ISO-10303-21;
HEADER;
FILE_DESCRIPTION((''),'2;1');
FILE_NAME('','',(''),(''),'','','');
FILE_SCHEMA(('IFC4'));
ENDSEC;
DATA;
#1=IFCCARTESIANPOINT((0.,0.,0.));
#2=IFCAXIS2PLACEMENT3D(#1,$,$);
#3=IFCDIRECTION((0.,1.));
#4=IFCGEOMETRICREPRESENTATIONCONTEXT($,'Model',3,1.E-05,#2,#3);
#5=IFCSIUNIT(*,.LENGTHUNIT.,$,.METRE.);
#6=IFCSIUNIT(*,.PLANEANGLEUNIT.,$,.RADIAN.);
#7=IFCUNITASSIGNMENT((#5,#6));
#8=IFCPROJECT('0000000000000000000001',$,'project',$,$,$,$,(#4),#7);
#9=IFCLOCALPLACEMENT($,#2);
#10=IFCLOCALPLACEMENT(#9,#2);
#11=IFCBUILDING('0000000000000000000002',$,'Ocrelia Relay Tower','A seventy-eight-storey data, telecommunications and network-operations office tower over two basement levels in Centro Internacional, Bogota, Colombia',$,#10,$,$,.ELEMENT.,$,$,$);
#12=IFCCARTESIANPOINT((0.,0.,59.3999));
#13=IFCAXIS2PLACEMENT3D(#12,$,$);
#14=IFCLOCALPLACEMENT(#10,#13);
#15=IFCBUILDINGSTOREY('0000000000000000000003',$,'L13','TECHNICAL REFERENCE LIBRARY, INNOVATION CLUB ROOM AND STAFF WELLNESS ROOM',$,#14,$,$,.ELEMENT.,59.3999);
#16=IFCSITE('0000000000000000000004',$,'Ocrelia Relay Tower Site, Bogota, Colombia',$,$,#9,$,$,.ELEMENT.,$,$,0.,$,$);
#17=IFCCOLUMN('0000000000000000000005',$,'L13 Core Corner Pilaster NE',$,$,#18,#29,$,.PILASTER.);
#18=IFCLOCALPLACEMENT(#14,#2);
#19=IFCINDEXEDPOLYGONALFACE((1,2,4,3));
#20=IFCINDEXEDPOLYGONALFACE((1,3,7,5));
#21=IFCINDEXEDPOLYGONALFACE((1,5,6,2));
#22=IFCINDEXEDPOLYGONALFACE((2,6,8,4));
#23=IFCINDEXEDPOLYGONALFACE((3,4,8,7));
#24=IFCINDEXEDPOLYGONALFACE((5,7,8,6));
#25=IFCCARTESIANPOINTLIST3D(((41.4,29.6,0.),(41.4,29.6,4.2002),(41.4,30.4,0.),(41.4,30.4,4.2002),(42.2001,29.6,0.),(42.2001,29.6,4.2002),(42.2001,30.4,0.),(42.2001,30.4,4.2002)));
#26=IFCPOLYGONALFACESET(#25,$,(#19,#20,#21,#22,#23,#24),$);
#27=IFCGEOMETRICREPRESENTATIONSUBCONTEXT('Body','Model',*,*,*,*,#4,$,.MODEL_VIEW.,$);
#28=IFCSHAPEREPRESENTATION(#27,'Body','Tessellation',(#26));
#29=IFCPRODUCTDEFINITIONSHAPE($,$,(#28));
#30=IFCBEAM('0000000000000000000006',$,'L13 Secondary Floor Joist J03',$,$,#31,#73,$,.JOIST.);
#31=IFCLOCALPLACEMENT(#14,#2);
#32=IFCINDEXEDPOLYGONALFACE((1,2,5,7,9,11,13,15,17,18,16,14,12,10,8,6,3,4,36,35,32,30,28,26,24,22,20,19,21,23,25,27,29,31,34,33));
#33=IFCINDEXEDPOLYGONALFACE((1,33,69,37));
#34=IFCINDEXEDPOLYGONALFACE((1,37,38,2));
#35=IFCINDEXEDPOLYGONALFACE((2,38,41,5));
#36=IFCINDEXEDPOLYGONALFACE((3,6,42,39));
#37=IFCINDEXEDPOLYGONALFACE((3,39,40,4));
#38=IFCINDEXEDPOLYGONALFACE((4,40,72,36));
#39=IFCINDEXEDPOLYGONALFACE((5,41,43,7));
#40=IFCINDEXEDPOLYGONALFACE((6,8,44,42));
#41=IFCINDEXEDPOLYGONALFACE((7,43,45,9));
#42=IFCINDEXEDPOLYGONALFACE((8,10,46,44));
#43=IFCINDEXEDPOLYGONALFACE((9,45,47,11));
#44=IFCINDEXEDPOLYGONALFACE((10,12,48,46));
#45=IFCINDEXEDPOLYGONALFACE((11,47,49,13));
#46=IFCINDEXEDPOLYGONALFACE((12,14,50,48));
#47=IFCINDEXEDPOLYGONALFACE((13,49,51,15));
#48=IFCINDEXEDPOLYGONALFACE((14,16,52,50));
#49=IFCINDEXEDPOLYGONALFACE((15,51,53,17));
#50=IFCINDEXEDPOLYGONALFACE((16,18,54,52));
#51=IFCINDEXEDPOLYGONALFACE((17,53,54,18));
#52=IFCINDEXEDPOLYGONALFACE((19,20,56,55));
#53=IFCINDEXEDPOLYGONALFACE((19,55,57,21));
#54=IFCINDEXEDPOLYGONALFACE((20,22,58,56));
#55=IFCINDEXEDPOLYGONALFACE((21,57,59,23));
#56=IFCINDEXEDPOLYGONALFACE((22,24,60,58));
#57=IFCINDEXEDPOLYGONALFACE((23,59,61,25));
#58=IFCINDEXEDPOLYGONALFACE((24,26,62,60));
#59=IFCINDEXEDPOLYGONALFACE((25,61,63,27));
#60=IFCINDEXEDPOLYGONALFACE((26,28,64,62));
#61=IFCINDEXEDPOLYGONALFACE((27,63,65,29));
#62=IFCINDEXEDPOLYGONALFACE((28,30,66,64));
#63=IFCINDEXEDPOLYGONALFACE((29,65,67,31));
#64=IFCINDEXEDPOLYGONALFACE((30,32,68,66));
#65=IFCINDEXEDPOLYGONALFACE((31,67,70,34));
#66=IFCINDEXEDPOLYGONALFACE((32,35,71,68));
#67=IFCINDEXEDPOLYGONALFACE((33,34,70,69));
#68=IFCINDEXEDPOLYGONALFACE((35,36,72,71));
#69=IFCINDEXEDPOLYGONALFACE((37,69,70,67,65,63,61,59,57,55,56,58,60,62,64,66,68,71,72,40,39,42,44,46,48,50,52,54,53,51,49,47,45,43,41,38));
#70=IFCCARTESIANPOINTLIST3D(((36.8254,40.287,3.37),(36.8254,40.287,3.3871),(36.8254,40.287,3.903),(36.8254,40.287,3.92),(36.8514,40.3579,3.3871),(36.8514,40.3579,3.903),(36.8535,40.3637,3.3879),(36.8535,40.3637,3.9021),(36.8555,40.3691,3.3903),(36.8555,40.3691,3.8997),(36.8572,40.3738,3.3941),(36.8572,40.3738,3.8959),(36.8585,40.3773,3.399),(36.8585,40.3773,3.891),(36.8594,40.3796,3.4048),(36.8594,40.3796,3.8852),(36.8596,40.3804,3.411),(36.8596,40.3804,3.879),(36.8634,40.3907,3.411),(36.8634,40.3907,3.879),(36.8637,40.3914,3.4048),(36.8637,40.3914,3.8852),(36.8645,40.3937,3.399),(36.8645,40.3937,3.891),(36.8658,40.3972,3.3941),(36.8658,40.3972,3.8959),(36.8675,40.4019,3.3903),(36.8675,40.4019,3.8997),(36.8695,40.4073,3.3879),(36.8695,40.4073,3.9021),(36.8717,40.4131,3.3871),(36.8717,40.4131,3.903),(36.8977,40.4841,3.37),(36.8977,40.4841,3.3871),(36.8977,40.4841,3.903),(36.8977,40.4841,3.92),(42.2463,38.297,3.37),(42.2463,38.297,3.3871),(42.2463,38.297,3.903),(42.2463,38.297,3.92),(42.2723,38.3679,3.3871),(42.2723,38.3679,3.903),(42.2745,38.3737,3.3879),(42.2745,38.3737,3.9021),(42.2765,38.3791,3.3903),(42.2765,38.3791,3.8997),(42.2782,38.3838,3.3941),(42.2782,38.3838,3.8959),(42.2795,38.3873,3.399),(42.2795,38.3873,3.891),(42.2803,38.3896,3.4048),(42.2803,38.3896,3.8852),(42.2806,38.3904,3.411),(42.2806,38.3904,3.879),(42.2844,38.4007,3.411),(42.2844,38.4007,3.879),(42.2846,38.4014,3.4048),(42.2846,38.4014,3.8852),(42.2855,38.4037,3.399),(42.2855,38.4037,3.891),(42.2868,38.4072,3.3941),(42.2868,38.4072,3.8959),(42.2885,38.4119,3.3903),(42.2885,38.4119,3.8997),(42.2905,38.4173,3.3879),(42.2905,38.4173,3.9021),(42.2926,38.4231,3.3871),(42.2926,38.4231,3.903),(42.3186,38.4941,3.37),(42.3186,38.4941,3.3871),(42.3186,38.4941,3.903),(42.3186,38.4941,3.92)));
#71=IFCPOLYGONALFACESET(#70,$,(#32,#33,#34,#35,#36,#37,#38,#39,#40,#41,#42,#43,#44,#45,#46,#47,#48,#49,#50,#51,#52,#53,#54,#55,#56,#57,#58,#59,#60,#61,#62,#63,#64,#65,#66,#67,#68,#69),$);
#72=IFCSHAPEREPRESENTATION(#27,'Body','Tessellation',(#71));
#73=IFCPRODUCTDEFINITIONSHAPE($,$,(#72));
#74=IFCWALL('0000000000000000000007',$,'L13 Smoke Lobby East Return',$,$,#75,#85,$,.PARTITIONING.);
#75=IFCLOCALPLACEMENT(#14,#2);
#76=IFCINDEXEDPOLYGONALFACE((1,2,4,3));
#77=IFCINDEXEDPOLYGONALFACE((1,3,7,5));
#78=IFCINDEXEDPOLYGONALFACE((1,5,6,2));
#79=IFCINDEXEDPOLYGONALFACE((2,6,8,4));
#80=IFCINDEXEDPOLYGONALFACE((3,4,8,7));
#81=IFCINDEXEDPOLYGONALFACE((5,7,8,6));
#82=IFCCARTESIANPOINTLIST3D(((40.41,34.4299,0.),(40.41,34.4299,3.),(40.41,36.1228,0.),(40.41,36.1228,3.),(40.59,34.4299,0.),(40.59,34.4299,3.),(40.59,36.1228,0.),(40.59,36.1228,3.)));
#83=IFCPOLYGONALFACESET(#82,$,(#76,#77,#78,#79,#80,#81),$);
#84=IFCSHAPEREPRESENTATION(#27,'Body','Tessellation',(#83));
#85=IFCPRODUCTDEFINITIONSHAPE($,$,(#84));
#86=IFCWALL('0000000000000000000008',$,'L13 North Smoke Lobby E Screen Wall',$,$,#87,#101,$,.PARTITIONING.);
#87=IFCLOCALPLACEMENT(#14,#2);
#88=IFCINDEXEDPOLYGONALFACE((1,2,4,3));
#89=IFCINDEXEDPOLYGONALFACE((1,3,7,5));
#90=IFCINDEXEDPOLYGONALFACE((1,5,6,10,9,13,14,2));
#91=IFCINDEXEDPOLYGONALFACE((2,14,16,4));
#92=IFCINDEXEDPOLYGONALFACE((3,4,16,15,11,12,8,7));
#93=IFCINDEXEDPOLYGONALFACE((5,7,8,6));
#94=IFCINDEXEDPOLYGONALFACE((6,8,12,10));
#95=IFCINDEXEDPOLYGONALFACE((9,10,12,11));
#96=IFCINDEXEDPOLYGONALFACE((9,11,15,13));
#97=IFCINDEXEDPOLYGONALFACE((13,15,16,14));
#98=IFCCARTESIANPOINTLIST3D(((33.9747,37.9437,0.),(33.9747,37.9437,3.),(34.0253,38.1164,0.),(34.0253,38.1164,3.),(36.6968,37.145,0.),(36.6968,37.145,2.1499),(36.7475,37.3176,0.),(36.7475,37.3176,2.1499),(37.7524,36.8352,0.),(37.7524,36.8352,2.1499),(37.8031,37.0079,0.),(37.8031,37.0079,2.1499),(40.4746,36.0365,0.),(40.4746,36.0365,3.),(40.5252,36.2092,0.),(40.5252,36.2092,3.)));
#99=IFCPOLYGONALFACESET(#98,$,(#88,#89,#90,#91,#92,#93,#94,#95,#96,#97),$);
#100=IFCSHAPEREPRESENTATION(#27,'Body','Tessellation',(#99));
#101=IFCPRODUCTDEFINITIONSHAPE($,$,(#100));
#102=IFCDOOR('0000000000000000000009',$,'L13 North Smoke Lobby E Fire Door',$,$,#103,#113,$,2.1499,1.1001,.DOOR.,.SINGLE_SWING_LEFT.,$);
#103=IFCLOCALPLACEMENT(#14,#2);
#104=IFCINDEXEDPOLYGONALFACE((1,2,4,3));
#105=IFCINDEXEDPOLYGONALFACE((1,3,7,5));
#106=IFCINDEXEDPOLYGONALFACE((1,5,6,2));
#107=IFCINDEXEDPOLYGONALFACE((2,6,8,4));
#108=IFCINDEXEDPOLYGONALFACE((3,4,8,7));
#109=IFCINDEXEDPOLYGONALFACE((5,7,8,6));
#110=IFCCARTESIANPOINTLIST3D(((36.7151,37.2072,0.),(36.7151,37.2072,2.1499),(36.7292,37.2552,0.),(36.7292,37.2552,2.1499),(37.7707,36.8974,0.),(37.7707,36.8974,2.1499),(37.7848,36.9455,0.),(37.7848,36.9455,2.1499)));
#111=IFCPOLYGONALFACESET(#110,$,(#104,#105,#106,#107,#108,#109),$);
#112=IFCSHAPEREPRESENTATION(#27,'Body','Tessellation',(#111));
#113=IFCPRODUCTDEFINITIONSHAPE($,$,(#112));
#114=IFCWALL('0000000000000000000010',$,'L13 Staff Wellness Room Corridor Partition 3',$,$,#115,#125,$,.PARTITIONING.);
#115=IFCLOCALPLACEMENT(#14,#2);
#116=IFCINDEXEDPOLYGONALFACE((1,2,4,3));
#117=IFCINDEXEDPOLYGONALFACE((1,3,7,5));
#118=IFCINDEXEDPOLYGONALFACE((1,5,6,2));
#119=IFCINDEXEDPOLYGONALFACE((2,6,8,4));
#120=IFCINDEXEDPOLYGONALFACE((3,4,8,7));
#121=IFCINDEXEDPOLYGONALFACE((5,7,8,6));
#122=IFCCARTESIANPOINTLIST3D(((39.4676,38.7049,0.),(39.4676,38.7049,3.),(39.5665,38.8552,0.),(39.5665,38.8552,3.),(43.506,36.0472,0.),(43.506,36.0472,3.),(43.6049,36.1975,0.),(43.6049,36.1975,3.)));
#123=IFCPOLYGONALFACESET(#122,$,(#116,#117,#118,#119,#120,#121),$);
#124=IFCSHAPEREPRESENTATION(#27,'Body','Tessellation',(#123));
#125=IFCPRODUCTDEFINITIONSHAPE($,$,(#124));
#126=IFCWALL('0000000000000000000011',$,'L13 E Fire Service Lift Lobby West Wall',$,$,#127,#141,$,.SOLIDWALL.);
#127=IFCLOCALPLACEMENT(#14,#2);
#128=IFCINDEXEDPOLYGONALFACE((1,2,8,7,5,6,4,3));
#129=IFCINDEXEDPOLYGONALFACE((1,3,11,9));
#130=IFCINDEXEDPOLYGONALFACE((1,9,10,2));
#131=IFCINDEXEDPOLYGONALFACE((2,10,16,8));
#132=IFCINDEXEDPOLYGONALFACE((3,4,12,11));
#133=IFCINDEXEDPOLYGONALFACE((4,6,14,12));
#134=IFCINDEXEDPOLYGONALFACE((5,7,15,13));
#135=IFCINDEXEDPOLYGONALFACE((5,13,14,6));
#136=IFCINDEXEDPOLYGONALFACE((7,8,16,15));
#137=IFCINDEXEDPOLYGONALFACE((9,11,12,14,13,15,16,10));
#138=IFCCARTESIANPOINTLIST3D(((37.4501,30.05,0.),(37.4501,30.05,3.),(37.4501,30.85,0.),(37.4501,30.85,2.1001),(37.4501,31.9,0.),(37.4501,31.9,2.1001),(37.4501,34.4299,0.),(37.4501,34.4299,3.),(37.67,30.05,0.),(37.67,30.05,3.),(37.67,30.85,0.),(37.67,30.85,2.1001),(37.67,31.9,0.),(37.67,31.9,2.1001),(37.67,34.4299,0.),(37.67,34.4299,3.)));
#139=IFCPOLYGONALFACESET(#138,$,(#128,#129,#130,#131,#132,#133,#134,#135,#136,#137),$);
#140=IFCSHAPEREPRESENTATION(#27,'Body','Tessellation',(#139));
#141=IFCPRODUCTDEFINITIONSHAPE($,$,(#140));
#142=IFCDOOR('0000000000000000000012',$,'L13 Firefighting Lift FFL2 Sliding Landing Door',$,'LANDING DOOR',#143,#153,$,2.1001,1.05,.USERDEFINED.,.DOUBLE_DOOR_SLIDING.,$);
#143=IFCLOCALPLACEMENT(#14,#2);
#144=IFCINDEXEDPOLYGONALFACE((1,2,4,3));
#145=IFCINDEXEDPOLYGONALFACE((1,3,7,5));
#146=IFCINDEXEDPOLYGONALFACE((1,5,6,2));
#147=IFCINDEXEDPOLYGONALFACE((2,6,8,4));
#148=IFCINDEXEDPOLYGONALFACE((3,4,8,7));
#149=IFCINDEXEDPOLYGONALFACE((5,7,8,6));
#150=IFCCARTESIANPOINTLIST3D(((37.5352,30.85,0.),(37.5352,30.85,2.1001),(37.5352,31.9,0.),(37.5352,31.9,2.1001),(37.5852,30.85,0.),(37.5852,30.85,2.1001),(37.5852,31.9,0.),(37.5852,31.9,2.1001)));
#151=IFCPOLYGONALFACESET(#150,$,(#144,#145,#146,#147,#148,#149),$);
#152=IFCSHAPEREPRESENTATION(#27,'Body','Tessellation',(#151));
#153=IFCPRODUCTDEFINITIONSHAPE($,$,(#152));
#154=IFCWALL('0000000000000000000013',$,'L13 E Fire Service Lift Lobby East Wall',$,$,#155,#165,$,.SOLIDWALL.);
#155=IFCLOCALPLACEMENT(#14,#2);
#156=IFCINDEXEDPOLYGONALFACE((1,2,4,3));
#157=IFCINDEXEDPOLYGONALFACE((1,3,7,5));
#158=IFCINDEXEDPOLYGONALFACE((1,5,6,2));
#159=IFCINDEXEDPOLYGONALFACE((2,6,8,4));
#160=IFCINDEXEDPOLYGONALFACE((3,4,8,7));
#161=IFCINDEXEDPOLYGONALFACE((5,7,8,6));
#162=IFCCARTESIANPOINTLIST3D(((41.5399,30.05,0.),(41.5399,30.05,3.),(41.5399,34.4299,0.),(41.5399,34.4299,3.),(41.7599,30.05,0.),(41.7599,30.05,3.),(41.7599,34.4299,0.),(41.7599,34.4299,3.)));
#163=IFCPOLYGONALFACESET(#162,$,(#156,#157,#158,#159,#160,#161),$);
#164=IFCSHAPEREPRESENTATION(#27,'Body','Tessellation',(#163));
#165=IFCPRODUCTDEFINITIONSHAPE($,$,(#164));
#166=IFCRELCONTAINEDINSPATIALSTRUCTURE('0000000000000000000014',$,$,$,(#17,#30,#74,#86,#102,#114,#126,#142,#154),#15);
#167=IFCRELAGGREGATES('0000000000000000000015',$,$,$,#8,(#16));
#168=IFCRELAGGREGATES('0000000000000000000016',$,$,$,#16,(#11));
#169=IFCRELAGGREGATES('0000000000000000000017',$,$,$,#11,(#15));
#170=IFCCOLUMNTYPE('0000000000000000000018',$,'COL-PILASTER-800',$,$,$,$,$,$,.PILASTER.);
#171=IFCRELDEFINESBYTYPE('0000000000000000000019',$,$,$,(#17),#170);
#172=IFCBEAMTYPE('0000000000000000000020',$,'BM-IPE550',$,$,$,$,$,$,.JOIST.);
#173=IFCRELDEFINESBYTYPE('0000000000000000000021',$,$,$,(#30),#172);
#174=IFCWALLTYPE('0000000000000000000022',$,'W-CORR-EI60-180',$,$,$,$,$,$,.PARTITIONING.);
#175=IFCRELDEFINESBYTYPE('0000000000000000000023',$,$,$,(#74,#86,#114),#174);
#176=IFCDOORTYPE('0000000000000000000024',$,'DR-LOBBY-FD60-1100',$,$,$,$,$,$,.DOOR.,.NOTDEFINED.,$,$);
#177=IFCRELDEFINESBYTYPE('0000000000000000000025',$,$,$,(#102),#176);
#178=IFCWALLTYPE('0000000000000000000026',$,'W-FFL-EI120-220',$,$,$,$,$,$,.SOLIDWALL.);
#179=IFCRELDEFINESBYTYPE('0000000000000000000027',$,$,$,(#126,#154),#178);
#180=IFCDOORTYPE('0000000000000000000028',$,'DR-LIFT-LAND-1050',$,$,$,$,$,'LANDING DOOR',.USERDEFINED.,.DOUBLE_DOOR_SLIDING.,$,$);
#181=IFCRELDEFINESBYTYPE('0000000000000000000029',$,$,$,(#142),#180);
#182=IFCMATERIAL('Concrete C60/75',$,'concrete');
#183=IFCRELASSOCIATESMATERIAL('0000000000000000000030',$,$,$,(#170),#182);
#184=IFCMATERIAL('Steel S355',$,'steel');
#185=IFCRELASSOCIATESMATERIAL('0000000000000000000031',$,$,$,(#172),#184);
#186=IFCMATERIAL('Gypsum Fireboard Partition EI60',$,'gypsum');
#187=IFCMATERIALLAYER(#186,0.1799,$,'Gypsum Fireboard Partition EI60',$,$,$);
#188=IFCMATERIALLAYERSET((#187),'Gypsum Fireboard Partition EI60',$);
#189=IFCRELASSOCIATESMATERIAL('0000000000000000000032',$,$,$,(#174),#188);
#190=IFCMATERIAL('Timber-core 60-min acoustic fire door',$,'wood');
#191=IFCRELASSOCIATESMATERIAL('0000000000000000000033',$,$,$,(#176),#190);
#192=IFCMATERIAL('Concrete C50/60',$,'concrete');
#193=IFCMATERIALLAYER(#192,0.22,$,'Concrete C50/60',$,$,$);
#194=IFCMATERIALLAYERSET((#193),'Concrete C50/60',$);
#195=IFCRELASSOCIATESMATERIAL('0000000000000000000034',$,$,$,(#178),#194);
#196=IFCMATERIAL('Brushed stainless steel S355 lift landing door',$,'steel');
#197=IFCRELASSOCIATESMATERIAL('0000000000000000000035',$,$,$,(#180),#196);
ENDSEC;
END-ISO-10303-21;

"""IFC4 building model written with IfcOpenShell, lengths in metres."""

from ifc_helpers import new_model, si_unit, direction, frame, frame_2d, origin, origin_2d, place, context, subcontext, project, spatial, rectangle, i_section, extrude, material, layer, layer_set, material_profile, profile_set, type_object, element, fill, save


model = new_model("IFC4")

# Units and contexts
model_context = context("Model", 3, precision=1e-05, world=origin(), true_north=direction((0.0, 1.0)))
body_context = subcontext(model_context, "Body", "Model", "MODEL_VIEW")
ifc_project = project(units=[si_unit("LENGTHUNIT", "METRE"), si_unit("PLANEANGLEUNIT", "RADIAN")], contexts=[model_context])

# Site, building, storey
site_placement = place(None, origin())
site = spatial("IfcSite", under=ifc_project, at=site_placement, Name="Ocrelia Relay Tower Site, Bogota, Colombia", CompositionType="ELEMENT", RefElevation=0.0)
building_placement = place(site_placement, origin())
building = spatial("IfcBuilding", under=site, at=building_placement, Name="Ocrelia Relay Tower", Description="A seventy-eight-storey data, telecommunications and network-operations office tower over two basement levels in Centro Internacional, Bogota, Colombia", CompositionType="ELEMENT")
storey_placement = place(building_placement, frame((0.0, 0.0, 59.3999)))
storey = spatial("IfcBuildingStorey", under=building, at=storey_placement, Name="L13", Description="TECHNICAL REFERENCE LIBRARY, INNOVATION CLUB ROOM AND STAFF WELLNESS ROOM", CompositionType="ELEMENT", Elevation=59.3999)

# Column
ifc_material_1 = material(Name="Concrete C60/75", Category="concrete")
ifc_material_profile_1 = material_profile(ifc_material_1, rectangle(XDim=0.8, YDim=0.8, at=origin_2d()), Name="RC-COL-800x800")
ifc_profile_set_1 = profile_set([ifc_material_profile_1], Name="Concrete C60/75")
column_type = type_object("IfcColumnType", Name="COL-PILASTER-800", PredefinedType="PILASTER", material=ifc_profile_set_1)
column_placement = place(storey_placement, frame((41.8, 30.0, 0.0), z_axis=(0.0, 0.0, 1.0), x_axis=(1.0, 0.0, 0.0)))
element("IfcColumn", 1, at=column_placement, inside=storey, type_object=column_type, Name="L13 Core Corner Pilaster NE", PredefinedType="PILASTER", context=body_context, shape_type="SweptSolid", body=[
    extrude(rectangle(XDim=0.8, YDim=0.8, at=origin_2d()), origin(), (0.0, 0.0, 1.0), 4.2002),
])

# Beam
ifc_material_2 = material(Name="Steel S355", Category="steel")
ifc_material_profile_2 = material_profile(ifc_material_2, i_section(OverallWidth=0.21, OverallDepth=0.55, WebThickness=0.011, FlangeThickness=0.0171, FilletRadius=0.0239, at=origin_2d()), Name="IPE 550")
ifc_profile_set_2 = profile_set([ifc_material_profile_2], Name="Steel S355")
beam_type = type_object("IfcBeamType", Name="BM-IPE550", PredefinedType="JOIST", material=ifc_profile_set_2)
beam_placement = place(storey_placement, frame((42.2825, 38.3955, 3.645), z_axis=(-0.938746, 0.34461, 0.0), x_axis=(-0.34461, -0.938746, 0.0)))
element("IfcBeam", 2, at=beam_placement, inside=storey, type_object=beam_type, Name="L13 Secondary Floor Joist J03", PredefinedType="JOIST", context=body_context, shape_type="SweptSolid", body=[
    extrude(i_section(OverallWidth=0.21, OverallDepth=0.55, WebThickness=0.011, FlangeThickness=0.0171, FilletRadius=0.0239, at=origin_2d()), origin(), (0.0, 0.0, 1.0), 5.7747),
])

# Wall
ifc_material_3 = material(Name="Gypsum Fireboard Partition EI60", Category="gypsum")
ifc_layer_1 = layer(ifc_material_3, 0.1799, Name="Gypsum Fireboard Partition EI60")
ifc_layer_set_1 = layer_set([ifc_layer_1], Name="Gypsum Fireboard Partition EI60")
wall_type_1 = type_object("IfcWallType", Name="W-CORR-EI60-180", PredefinedType="PARTITIONING", material=ifc_layer_set_1)
wall_1_placement = place(storey_placement, frame((40.5, 36.1228, 0.0), z_axis=(0.0, 0.0, 1.0), x_axis=(0.0, -1.0, 0.0)))
element("IfcWall", 3, at=wall_1_placement, inside=storey, type_object=wall_type_1, Name="L13 Smoke Lobby East Return", PredefinedType="PARTITIONING", context=body_context, shape_type="SweptSolid", body=[
    extrude(rectangle(XDim=1.6929, YDim=0.1799, at=frame_2d((0.8464, 0.0))), origin(), (0.0, 0.0, 1.0), 3.0),
])

# Wall, opening, door
wall_2_placement = place(storey_placement, frame((34.0, 38.03, 0.0), z_axis=(0.0, 0.0, 1.0), x_axis=(0.959547, -0.28155, 0.0)))
wall_2 = element("IfcWall", 4, at=wall_2_placement, inside=storey, type_object=wall_type_1, Name="L13 North Smoke Lobby E Screen Wall", PredefinedType="PARTITIONING", context=body_context, shape_type="SweptSolid", body=[
    extrude(rectangle(XDim=6.7739, YDim=0.1799, at=frame_2d((3.387, 0.0))), origin(), (0.0, 0.0, 1.0), 3.0),
])
opening_1_placement = place(wall_2_placement, frame((2.8369, 0.0, 0.0)))
opening_1 = element("IfcOpeningElement", 5, at=opening_1_placement, cuts=wall_2, PredefinedType="OPENING", context=body_context, shape_type="SweptSolid", body=[
    extrude(rectangle(XDim=1.1001, YDim=2.1499, at=frame_2d((0.55, 1.075))), frame((0.0, 0.1001, 0.0), z_axis=(0.0, -1.0, 0.0), x_axis=(1.0, 0.0, 0.0)), (0.0, 0.0, 1.0), 0.2),
])
ifc_material_4 = material(Name="Timber-core 60-min acoustic fire door", Category="wood")
door_type_1 = type_object("IfcDoorType", Name="DR-LOBBY-FD60-1100", OperationType="NOTDEFINED", PredefinedType="DOOR", material=ifc_material_4)
door_1_placement = place(opening_1_placement, origin())
door_1 = element("IfcDoor", 6, at=door_1_placement, inside=storey, type_object=door_type_1, Name="L13 North Smoke Lobby E Fire Door", OperationType="SINGLE_SWING_LEFT", OverallHeight=2.1499, OverallWidth=1.1001, PredefinedType="DOOR", context=body_context, shape_type="SweptSolid", body=[
    extrude(rectangle(XDim=1.1001, YDim=2.1499, at=frame_2d((0.55, 1.075))), frame((0.0, 0.0249, 0.0), z_axis=(0.0, -1.0, 0.0), x_axis=(1.0, 0.0, 0.0)), (0.0, 0.0, 1.0), 0.05),
])
fill(opening_1, door_1)

# Wall
wall_3_placement = place(storey_placement, frame((43.5554, 36.1223, 0.0), z_axis=(0.0, 0.0, 1.0), x_axis=(-0.83533, 0.549749, 0.0)))
element("IfcWall", 7, at=wall_3_placement, inside=storey, type_object=wall_type_1, Name="L13 Staff Wellness Room Corridor Partition 3", PredefinedType="PARTITIONING", context=body_context, shape_type="SweptSolid", body=[
    extrude(rectangle(XDim=4.8345, YDim=0.1799, at=frame_2d((2.4172, 0.0))), origin(), (0.0, 0.0, 1.0), 3.0),
])

# Wall, opening, door
ifc_material_5 = material(Name="Concrete C50/60", Category="concrete")
ifc_layer_2 = layer(ifc_material_5, 0.22, Name="Concrete C50/60")
ifc_layer_set_2 = layer_set([ifc_layer_2], Name="Concrete C50/60")
wall_type_2 = type_object("IfcWallType", Name="W-FFL-EI120-220", PredefinedType="SOLIDWALL", material=ifc_layer_set_2)
wall_4_placement = place(storey_placement, frame((37.5601, 30.05, 0.0), z_axis=(0.0, 0.0, 1.0), x_axis=(0.0, 1.0, 0.0)))
wall_4 = element("IfcWall", 8, at=wall_4_placement, inside=storey, type_object=wall_type_2, Name="L13 E Fire Service Lift Lobby West Wall", PredefinedType="SOLIDWALL", context=body_context, shape_type="SweptSolid", body=[
    extrude(rectangle(XDim=4.3799, YDim=0.22, at=frame_2d((2.1899, 0.0))), origin(), (0.0, 0.0, 1.0), 3.0),
])
opening_2_placement = place(wall_4_placement, frame((0.8, 0.0, 0.0)))
opening_2 = element("IfcOpeningElement", 9, at=opening_2_placement, cuts=wall_4, PredefinedType="OPENING", context=body_context, shape_type="SweptSolid", body=[
    extrude(rectangle(XDim=1.05, YDim=2.1001, at=frame_2d((0.5249, 1.05))), frame((0.0, 0.1201, 0.0), z_axis=(0.0, -1.0, 0.0), x_axis=(1.0, 0.0, 0.0)), (0.0, 0.0, 1.0), 0.24),
])
ifc_material_6 = material(Name="Brushed stainless steel S355 lift landing door", Category="steel")
door_type_2 = type_object("IfcDoorType", Name="DR-LIFT-LAND-1050", ElementType="LANDING DOOR", OperationType="DOUBLE_DOOR_SLIDING", PredefinedType="USERDEFINED", material=ifc_material_6)
door_2_placement = place(opening_2_placement, origin())
door_2 = element("IfcDoor", 10, at=door_2_placement, inside=storey, type_object=door_type_2, Name="L13 Firefighting Lift FFL2 Sliding Landing Door", ObjectType="LANDING DOOR", OperationType="DOUBLE_DOOR_SLIDING", OverallHeight=2.1001, OverallWidth=1.05, PredefinedType="USERDEFINED", context=body_context, shape_type="SweptSolid", body=[
    extrude(rectangle(XDim=1.05, YDim=2.1001, at=frame_2d((0.5249, 1.05))), frame((0.0, 0.0249, 0.0), z_axis=(0.0, -1.0, 0.0), x_axis=(1.0, 0.0, 0.0)), (0.0, 0.0, 1.0), 0.05),
])
fill(opening_2, door_2)

# Wall
wall_5_placement = place(storey_placement, frame((41.6499, 30.05, 0.0), z_axis=(0.0, 0.0, 1.0), x_axis=(0.0, 1.0, 0.0)))
element("IfcWall", 11, at=wall_5_placement, inside=storey, type_object=wall_type_2, Name="L13 E Fire Service Lift Lobby East Wall", PredefinedType="SOLIDWALL", context=body_context, shape_type="SweptSolid", body=[
    extrude(rectangle(XDim=4.3799, YDim=0.22, at=frame_2d((2.1899, 0.0))), origin(), (0.0, 0.0, 1.0), 3.0),
])

save(model, "model.ifc")
